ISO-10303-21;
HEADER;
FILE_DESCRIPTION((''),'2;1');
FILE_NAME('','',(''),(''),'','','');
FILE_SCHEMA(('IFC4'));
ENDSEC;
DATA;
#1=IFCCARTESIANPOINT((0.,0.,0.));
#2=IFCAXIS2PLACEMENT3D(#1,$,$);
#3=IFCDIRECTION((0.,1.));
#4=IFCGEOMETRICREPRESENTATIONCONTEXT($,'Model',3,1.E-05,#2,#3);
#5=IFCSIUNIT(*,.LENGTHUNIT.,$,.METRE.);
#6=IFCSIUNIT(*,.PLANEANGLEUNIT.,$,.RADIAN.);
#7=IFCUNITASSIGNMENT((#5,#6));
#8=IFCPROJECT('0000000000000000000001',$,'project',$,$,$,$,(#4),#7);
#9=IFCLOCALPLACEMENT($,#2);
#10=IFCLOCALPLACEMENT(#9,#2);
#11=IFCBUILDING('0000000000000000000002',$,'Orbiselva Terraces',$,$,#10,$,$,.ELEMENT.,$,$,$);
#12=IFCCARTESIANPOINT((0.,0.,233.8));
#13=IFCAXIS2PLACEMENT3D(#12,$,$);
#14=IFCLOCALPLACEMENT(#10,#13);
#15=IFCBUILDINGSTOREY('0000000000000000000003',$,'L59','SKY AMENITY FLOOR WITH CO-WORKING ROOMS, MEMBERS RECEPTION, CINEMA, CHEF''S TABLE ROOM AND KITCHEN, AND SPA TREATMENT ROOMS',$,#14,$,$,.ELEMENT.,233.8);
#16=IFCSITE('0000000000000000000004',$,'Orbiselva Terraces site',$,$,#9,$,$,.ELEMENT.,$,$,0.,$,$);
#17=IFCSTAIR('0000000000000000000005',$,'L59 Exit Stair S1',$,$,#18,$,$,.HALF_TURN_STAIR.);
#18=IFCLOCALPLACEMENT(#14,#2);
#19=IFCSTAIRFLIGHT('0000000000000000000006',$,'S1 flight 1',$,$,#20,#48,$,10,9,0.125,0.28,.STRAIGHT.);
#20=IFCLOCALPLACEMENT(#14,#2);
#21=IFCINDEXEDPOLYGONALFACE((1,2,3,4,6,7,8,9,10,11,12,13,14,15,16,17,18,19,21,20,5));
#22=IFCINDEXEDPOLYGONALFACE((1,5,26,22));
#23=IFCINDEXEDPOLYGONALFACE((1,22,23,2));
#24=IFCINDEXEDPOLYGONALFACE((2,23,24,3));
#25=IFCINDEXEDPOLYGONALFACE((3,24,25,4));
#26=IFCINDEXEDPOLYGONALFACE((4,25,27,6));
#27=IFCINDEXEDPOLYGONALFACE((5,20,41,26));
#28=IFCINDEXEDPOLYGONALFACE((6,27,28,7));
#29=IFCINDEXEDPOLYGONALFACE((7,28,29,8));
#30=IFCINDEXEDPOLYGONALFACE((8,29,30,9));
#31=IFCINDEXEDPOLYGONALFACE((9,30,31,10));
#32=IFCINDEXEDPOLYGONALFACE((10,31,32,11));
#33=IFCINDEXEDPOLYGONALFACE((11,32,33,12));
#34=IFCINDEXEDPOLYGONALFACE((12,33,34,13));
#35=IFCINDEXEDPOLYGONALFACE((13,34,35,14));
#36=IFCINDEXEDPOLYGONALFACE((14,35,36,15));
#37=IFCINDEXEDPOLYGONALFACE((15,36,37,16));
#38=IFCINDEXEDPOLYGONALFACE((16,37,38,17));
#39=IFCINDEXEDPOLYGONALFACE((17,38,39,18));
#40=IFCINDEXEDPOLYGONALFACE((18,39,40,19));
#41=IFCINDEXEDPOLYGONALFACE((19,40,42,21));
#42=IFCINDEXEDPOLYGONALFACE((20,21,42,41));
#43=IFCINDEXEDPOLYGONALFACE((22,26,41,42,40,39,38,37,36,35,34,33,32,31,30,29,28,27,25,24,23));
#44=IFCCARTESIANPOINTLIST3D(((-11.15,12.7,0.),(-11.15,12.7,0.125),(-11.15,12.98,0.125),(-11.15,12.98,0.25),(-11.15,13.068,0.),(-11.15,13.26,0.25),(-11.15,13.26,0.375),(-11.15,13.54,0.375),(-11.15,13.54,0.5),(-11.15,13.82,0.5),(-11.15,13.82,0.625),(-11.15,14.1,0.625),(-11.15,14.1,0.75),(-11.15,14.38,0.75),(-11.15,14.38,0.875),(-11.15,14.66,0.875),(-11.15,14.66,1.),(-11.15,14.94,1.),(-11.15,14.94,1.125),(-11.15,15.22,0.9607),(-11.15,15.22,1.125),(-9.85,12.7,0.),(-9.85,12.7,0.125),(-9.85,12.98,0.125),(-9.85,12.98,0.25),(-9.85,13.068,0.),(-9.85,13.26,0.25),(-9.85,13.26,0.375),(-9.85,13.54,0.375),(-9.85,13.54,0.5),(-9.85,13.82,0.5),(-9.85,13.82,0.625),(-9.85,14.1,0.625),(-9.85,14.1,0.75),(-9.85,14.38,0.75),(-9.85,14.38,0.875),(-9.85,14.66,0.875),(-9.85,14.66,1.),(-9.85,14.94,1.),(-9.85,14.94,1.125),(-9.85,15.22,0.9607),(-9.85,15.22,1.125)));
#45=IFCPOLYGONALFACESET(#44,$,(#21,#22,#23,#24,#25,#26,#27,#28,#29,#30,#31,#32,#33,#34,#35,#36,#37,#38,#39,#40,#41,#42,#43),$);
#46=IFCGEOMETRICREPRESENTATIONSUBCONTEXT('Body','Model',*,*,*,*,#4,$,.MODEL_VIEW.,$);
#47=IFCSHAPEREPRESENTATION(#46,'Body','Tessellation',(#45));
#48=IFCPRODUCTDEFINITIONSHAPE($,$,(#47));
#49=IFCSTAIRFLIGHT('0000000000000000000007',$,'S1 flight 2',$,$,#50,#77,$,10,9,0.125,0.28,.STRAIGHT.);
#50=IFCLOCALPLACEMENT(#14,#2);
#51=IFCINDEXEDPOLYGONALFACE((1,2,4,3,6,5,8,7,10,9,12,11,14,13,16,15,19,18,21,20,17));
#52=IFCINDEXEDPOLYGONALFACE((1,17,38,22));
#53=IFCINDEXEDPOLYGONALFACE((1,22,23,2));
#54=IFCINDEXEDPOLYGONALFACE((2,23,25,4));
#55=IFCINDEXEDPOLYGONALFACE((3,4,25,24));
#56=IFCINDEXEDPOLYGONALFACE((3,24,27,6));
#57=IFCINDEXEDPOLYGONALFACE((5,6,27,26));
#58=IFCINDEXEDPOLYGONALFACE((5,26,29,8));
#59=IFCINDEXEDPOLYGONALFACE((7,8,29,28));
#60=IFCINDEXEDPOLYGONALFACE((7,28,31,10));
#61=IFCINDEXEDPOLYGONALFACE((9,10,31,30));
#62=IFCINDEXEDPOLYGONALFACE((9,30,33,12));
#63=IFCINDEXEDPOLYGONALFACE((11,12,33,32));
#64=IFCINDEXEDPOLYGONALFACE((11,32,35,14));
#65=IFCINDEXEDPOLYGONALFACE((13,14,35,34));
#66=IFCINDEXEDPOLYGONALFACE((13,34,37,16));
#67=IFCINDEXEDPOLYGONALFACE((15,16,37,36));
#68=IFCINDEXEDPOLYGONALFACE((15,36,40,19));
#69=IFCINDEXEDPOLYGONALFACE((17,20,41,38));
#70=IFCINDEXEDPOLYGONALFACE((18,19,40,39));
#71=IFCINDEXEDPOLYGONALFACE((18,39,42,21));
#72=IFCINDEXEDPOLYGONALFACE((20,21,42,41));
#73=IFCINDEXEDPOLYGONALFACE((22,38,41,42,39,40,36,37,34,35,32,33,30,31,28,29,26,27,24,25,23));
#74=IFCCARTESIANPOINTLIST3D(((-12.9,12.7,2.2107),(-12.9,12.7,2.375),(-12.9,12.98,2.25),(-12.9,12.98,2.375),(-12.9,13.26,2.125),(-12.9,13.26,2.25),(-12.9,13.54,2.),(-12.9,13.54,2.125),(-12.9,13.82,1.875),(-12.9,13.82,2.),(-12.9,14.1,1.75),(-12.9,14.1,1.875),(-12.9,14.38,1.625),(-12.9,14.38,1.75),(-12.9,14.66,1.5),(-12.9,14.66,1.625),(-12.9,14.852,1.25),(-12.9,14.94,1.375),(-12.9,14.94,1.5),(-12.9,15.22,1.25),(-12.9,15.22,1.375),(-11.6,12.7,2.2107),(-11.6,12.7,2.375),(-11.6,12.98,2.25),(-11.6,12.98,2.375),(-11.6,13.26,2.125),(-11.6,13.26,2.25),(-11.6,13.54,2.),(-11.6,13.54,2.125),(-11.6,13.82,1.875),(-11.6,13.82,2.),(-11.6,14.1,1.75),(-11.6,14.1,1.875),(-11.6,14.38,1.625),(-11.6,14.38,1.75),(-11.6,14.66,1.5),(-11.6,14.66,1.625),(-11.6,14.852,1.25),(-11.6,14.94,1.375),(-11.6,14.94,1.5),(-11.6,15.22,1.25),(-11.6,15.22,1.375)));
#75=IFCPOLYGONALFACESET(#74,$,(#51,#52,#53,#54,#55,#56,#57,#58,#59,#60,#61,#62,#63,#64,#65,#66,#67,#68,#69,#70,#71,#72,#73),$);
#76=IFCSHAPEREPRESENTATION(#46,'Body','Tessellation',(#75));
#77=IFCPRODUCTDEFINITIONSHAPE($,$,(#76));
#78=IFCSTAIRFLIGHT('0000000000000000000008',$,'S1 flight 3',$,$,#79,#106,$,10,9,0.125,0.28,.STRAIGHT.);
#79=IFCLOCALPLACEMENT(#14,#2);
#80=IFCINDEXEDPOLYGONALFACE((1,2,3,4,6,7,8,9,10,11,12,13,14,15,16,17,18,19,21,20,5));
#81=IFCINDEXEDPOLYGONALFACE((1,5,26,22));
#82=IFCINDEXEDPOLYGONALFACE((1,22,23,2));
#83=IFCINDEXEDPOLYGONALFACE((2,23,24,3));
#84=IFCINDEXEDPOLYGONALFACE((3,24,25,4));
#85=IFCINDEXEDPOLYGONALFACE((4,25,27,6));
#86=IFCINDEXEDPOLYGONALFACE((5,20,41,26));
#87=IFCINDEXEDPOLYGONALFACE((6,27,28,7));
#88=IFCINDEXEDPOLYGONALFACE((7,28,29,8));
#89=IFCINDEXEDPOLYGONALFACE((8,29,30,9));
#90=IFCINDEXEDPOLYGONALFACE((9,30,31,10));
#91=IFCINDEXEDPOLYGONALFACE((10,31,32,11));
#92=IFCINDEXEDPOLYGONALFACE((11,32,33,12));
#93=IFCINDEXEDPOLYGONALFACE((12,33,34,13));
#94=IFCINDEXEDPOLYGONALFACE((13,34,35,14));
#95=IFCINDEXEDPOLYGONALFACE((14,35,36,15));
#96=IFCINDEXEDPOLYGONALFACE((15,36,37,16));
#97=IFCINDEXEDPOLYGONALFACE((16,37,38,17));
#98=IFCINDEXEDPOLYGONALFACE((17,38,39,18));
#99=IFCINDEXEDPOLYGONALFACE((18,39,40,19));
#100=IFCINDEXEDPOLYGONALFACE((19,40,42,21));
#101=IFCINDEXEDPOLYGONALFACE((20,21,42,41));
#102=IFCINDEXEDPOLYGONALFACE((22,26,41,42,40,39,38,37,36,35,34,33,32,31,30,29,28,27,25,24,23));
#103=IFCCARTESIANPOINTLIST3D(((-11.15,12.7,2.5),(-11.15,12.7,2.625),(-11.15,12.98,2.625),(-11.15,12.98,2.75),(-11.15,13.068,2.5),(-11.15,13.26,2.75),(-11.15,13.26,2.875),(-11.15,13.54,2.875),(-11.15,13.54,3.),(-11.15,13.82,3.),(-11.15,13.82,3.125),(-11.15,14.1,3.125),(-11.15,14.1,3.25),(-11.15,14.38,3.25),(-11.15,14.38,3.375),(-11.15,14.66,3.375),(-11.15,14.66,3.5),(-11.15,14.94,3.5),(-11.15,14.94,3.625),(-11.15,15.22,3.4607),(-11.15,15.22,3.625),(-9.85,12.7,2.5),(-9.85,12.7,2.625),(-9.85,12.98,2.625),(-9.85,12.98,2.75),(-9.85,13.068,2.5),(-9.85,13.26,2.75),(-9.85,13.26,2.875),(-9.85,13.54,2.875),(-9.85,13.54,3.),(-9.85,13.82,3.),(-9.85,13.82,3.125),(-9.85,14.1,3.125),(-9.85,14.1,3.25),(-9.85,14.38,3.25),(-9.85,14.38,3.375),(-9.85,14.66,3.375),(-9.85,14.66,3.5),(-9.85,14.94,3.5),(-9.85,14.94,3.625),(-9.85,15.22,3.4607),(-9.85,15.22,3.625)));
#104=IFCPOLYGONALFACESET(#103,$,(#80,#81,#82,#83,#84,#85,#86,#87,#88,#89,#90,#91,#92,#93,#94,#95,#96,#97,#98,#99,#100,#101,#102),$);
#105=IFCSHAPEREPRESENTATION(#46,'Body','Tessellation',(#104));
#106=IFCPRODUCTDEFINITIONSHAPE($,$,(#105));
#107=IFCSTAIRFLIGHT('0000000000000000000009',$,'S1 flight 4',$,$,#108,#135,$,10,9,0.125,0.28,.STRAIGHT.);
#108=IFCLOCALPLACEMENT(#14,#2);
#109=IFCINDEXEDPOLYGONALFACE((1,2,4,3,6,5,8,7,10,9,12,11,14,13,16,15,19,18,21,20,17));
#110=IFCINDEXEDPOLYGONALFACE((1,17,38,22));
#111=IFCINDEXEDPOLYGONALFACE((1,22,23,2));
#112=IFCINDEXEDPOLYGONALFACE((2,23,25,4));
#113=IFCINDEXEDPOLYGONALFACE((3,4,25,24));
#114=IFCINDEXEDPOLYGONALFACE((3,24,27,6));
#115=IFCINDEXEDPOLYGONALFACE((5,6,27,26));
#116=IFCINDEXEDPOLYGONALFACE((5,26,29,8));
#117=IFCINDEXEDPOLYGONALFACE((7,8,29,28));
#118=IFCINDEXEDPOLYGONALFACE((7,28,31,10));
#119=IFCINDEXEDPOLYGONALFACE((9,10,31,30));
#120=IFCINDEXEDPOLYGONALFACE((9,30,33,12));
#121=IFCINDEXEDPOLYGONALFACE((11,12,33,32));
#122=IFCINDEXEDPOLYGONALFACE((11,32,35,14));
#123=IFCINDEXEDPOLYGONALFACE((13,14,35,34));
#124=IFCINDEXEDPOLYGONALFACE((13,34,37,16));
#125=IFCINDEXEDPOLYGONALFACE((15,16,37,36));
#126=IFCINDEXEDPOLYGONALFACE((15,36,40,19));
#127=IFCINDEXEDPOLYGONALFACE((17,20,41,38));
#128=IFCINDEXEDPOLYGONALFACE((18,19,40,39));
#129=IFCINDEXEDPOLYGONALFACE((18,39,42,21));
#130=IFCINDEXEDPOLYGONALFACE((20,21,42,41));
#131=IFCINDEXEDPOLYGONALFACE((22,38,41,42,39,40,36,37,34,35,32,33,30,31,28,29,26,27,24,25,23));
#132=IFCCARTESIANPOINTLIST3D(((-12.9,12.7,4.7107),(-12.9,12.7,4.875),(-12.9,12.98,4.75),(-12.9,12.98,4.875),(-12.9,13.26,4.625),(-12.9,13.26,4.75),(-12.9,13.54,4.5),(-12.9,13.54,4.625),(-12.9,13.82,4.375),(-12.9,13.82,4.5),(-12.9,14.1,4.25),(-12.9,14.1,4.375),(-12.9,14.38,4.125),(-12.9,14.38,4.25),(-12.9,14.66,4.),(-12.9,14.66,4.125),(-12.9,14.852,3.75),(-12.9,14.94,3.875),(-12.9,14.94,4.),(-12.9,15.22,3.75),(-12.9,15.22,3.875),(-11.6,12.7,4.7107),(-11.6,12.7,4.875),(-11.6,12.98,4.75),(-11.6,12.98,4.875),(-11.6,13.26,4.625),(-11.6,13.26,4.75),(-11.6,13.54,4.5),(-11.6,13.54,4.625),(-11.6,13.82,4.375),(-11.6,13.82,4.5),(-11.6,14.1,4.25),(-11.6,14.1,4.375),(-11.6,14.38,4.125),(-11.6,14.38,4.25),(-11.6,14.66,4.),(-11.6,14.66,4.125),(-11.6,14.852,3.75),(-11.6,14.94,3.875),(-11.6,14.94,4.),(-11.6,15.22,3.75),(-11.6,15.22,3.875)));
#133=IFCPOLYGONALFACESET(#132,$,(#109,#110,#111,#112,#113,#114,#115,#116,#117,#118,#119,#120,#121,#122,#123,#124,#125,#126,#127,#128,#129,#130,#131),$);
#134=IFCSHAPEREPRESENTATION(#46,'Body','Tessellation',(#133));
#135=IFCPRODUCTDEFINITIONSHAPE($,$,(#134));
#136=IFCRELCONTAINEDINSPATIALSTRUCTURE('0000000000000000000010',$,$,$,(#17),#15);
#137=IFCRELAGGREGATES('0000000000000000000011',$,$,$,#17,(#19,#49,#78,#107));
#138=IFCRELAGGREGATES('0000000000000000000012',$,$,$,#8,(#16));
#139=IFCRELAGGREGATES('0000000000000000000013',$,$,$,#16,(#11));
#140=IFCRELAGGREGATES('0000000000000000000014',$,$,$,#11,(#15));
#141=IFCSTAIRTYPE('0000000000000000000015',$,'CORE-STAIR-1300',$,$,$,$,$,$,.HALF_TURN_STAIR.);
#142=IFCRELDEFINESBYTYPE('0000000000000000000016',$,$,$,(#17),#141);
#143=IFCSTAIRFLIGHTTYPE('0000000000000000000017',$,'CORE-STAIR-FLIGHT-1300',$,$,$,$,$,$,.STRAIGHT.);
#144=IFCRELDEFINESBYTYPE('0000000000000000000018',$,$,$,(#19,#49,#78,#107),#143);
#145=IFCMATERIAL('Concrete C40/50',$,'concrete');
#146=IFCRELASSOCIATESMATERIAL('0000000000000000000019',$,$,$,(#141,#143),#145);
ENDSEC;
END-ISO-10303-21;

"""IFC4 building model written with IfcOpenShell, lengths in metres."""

from ifc_helpers import new_model, si_unit, direction, frame, origin, place, context, subcontext, project, spatial, polyline, outline, extrude, material, type_object, element, aggregate, save


model = new_model("IFC4")

# Units and contexts
model_context = context("Model", 3, precision=1e-05, world=origin(), true_north=direction((0.0, 1.0)))
body_context = subcontext(model_context, "Body", "Model", "MODEL_VIEW")
ifc_project = project(units=[si_unit("LENGTHUNIT", "METRE"), si_unit("PLANEANGLEUNIT", "RADIAN")], contexts=[model_context])

# Site, building, storey
site_placement = place(None, origin())
site = spatial("IfcSite", under=ifc_project, at=site_placement, Name="Orbiselva Terraces site", CompositionType="ELEMENT", RefElevation=0.0)
building_placement = place(site_placement, origin())
building = spatial("IfcBuilding", under=site, at=building_placement, Name="Orbiselva Terraces", CompositionType="ELEMENT")
storey_placement = place(building_placement, frame((0.0, 0.0, 233.8)))
storey = spatial("IfcBuildingStorey", under=building, at=storey_placement, Name="L59", Description="SKY AMENITY FLOOR WITH CO-WORKING ROOMS, MEMBERS RECEPTION, CINEMA, CHEF'S TABLE ROOM AND KITCHEN, AND SPA TREATMENT ROOMS", CompositionType="ELEMENT", Elevation=233.8)

# Shared definitions
ifc_material_1 = material(Name="Concrete C40/50", Category="concrete")

# Stair, stair flights
stair_type = type_object("IfcStairType", Name="CORE-STAIR-1300", PredefinedType="HALF_TURN_STAIR", material=ifc_material_1)
stair_placement = place(storey_placement, origin())
stair = element("IfcStair", 1, at=stair_placement, inside=storey, type_object=stair_type, Name="L59 Exit Stair S1", PredefinedType="HALF_TURN_STAIR")
stair_flight_type = type_object("IfcStairFlightType", Name="CORE-STAIR-FLIGHT-1300", PredefinedType="STRAIGHT", material=ifc_material_1)
stair_flight_1_placement = place(storey_placement, frame((-10.5, 12.7, 0.0), z_axis=(0.0, 0.0, 1.0), x_axis=(0.0, 1.0, 0.0)))
stair_flight_1 = element("IfcStairFlight", 2, at=stair_flight_1_placement, type_object=stair_flight_type, Name="S1 flight 1", NumberOfRisers=10, NumberOfTreads=9, PredefinedType="STRAIGHT", RiserHeight=0.125, TreadLength=0.28, context=body_context, shape_type="SweptSolid", body=[
    extrude(outline(polyline([(0.0, 0.0), (0.0, 0.125), (0.28, 0.125), (0.28, 0.25), (0.56, 0.25), (0.56, 0.375), (0.84, 0.375), (0.84, 0.5), (1.12, 0.5), (1.12, 0.625), (1.4, 0.625), (1.4, 0.75), (1.68, 0.75), (1.68, 0.875), (1.96, 0.875), (1.96, 1.0), (2.24, 1.0), (2.24, 1.125), (2.52, 1.125), (2.52, 1.25), (2.52, 0.9607), (0.368, 0.0), (0.0, 0.0)])), frame((0.0, 0.65, 0.0), z_axis=(0.0, -1.0, 0.0), x_axis=(1.0, 0.0, 0.0)), (0.0, 0.0, 1.0), 1.3),
])
stair_flight_2_placement = place(storey_placement, frame((-12.25, 15.22, 1.25), z_axis=(0.0, 0.0, 1.0), x_axis=(0.0, -1.0, 0.0)))
stair_flight_2 = element("IfcStairFlight", 3, at=stair_flight_2_placement, type_object=stair_flight_type, Name="S1 flight 2", NumberOfRisers=10, NumberOfTreads=9, PredefinedType="STRAIGHT", RiserHeight=0.125, TreadLength=0.28, context=body_context, shape_type="SweptSolid", body=[
    extrude(outline(polyline([(0.0, 0.0), (0.0, 0.125), (0.28, 0.125), (0.28, 0.25), (0.56, 0.25), (0.56, 0.375), (0.84, 0.375), (0.84, 0.5), (1.12, 0.5), (1.12, 0.625), (1.4, 0.625), (1.4, 0.75), (1.68, 0.75), (1.68, 0.875), (1.96, 0.875), (1.96, 1.0), (2.24, 1.0), (2.24, 1.125), (2.52, 1.125), (2.52, 1.25), (2.52, 0.9607), (0.368, 0.0), (0.0, 0.0)])), frame((0.0, 0.65, 0.0), z_axis=(0.0, -1.0, 0.0), x_axis=(1.0, 0.0, 0.0)), (0.0, 0.0, 1.0), 1.3),
])
stair_flight_3_placement = place(storey_placement, frame((-10.5, 12.7, 2.5), z_axis=(0.0, 0.0, 1.0), x_axis=(0.0, 1.0, 0.0)))
stair_flight_3 = element("IfcStairFlight", 4, at=stair_flight_3_placement, type_object=stair_flight_type, Name="S1 flight 3", NumberOfRisers=10, NumberOfTreads=9, PredefinedType="STRAIGHT", RiserHeight=0.125, TreadLength=0.28, context=body_context, shape_type="SweptSolid", body=[
    extrude(outline(polyline([(0.0, 0.0), (0.0, 0.125), (0.28, 0.125), (0.28, 0.25), (0.56, 0.25), (0.56, 0.375), (0.84, 0.375), (0.84, 0.5), (1.12, 0.5), (1.12, 0.625), (1.4, 0.625), (1.4, 0.75), (1.68, 0.75), (1.68, 0.875), (1.96, 0.875), (1.96, 1.0), (2.24, 1.0), (2.24, 1.125), (2.52, 1.125), (2.52, 1.25), (2.52, 0.9607), (0.368, 0.0), (0.0, 0.0)])), frame((0.0, 0.65, 0.0), z_axis=(0.0, -1.0, 0.0), x_axis=(1.0, 0.0, 0.0)), (0.0, 0.0, 1.0), 1.3),
])
stair_flight_4_placement = place(storey_placement, frame((-12.25, 15.22, 3.75), z_axis=(0.0, 0.0, 1.0), x_axis=(0.0, -1.0, 0.0)))
stair_flight_4 = element("IfcStairFlight", 5, at=stair_flight_4_placement, type_object=stair_flight_type, Name="S1 flight 4", NumberOfRisers=10, NumberOfTreads=9, PredefinedType="STRAIGHT", RiserHeight=0.125, TreadLength=0.28, context=body_context, shape_type="SweptSolid", body=[
    extrude(outline(polyline([(0.0, 0.0), (0.0, 0.125), (0.28, 0.125), (0.28, 0.25), (0.56, 0.25), (0.56, 0.375), (0.84, 0.375), (0.84, 0.5), (1.12, 0.5), (1.12, 0.625), (1.4, 0.625), (1.4, 0.75), (1.68, 0.75), (1.68, 0.875), (1.96, 0.875), (1.96, 1.0), (2.24, 1.0), (2.24, 1.125), (2.52, 1.125), (2.52, 1.25), (2.52, 0.9607), (0.368, 0.0), (0.0, 0.0)])), frame((0.0, 0.65, 0.0), z_axis=(0.0, -1.0, 0.0), x_axis=(1.0, 0.0, 0.0)), (0.0, 0.0, 1.0), 1.3),
])
aggregate(stair, [stair_flight_1, stair_flight_2, stair_flight_3, stair_flight_4])

save(model, "model.ifc")
